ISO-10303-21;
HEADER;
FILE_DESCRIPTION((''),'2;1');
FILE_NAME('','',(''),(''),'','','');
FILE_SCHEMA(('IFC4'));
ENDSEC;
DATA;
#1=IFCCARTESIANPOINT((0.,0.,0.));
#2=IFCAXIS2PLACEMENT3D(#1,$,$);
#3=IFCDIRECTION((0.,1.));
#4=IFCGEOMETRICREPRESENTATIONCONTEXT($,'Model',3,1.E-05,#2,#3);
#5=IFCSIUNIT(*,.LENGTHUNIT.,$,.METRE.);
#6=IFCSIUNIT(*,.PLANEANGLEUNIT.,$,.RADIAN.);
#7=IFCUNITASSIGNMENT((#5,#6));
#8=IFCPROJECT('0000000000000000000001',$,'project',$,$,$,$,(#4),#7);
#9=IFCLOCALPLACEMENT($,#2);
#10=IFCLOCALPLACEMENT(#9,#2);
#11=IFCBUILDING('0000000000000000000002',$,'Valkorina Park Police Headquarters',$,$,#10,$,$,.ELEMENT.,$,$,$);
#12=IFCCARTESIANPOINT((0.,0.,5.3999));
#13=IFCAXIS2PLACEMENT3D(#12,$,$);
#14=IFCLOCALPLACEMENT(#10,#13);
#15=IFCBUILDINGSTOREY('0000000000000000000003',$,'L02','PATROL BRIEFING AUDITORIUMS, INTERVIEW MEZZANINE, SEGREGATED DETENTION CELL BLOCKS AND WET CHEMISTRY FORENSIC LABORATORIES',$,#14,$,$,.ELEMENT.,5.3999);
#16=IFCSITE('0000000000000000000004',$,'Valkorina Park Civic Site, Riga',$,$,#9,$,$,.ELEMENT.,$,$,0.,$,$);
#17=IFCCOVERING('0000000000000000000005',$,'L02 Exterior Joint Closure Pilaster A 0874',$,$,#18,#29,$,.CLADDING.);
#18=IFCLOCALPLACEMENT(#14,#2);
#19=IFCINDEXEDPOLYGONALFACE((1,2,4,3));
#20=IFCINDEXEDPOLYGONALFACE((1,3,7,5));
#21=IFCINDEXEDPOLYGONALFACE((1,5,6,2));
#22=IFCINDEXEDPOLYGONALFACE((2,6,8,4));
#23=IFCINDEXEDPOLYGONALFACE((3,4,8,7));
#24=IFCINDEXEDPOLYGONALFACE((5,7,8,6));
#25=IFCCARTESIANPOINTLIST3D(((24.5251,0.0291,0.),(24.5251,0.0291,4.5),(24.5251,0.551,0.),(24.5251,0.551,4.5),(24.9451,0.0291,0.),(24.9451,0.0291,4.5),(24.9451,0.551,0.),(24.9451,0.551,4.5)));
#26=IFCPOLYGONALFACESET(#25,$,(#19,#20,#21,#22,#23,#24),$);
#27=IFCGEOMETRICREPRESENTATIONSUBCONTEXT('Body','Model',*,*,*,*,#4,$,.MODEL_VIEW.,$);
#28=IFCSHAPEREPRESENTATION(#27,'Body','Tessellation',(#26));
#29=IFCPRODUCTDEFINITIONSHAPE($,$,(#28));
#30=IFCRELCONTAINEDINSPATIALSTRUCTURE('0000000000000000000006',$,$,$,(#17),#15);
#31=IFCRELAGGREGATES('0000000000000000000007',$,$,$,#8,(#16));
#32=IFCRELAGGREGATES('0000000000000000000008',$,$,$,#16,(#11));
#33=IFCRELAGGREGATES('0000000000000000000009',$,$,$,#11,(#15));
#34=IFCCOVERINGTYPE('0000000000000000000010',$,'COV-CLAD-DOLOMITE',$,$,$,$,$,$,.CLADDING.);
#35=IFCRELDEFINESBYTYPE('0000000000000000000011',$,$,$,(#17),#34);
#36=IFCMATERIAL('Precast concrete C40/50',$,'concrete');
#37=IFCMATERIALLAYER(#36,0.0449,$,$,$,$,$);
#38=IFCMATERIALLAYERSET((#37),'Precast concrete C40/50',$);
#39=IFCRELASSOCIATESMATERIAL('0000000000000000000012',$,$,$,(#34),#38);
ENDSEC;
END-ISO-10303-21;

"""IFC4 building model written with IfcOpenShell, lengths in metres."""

from ifc_helpers import new_model, si_unit, direction, frame, origin, origin_2d, place, context, subcontext, project, spatial, rectangle, extrude, material, layer, layer_set, type_object, element, save


model = new_model("IFC4")

# Units and contexts
model_context = context("Model", 3, precision=1e-05, world=origin(), true_north=direction((0.0, 1.0)))
body_context = subcontext(model_context, "Body", "Model", "MODEL_VIEW")
ifc_project = project(units=[si_unit("LENGTHUNIT", "METRE"), si_unit("PLANEANGLEUNIT", "RADIAN")], contexts=[model_context])

# Site, building, storey
site_placement = place(None, origin())
site = spatial("IfcSite", under=ifc_project, at=site_placement, Name="Valkorina Park Civic Site, Riga", CompositionType="ELEMENT", RefElevation=0.0)
building_placement = place(site_placement, origin())
building = spatial("IfcBuilding", under=site, at=building_placement, Name="Valkorina Park Police Headquarters", CompositionType="ELEMENT")
storey_placement = place(building_placement, frame((0.0, 0.0, 5.3999)))
storey = spatial("IfcBuildingStorey", under=building, at=storey_placement, Name="L02", Description="PATROL BRIEFING AUDITORIUMS, INTERVIEW MEZZANINE, SEGREGATED DETENTION CELL BLOCKS AND WET CHEMISTRY FORENSIC LABORATORIES", CompositionType="ELEMENT", Elevation=5.3999)

# Covering
ifc_material_1 = material(Name="Precast concrete C40/50", Category="concrete")
ifc_layer_1 = layer(ifc_material_1, 0.0449)
ifc_layer_set_1 = layer_set([ifc_layer_1], Name="Precast concrete C40/50")
covering_type = type_object("IfcCoveringType", Name="COV-CLAD-DOLOMITE", PredefinedType="CLADDING", material=ifc_layer_set_1)
for number, where, z_axis, x_axis, name in (
    (1, (24.7351, 0.29, 0.0), (0.0, 0.0, 1.0), (1.0, 0.0, 0.0), "L02 Exterior Joint Closure Pilaster A 0874"),
):
    element("IfcCovering", number, at=place(storey_placement, frame(where, z_axis=z_axis, x_axis=x_axis)), inside=storey, type_object=covering_type, Name=name, PredefinedType="CLADDING", context=body_context, shape_type="SweptSolid", body=[
        extrude(rectangle(XDim=0.4199, YDim=0.522, at=origin_2d()), origin(), (0.0, 0.0, 1.0), 4.5),
    ])

save(model, "model.ifc")
